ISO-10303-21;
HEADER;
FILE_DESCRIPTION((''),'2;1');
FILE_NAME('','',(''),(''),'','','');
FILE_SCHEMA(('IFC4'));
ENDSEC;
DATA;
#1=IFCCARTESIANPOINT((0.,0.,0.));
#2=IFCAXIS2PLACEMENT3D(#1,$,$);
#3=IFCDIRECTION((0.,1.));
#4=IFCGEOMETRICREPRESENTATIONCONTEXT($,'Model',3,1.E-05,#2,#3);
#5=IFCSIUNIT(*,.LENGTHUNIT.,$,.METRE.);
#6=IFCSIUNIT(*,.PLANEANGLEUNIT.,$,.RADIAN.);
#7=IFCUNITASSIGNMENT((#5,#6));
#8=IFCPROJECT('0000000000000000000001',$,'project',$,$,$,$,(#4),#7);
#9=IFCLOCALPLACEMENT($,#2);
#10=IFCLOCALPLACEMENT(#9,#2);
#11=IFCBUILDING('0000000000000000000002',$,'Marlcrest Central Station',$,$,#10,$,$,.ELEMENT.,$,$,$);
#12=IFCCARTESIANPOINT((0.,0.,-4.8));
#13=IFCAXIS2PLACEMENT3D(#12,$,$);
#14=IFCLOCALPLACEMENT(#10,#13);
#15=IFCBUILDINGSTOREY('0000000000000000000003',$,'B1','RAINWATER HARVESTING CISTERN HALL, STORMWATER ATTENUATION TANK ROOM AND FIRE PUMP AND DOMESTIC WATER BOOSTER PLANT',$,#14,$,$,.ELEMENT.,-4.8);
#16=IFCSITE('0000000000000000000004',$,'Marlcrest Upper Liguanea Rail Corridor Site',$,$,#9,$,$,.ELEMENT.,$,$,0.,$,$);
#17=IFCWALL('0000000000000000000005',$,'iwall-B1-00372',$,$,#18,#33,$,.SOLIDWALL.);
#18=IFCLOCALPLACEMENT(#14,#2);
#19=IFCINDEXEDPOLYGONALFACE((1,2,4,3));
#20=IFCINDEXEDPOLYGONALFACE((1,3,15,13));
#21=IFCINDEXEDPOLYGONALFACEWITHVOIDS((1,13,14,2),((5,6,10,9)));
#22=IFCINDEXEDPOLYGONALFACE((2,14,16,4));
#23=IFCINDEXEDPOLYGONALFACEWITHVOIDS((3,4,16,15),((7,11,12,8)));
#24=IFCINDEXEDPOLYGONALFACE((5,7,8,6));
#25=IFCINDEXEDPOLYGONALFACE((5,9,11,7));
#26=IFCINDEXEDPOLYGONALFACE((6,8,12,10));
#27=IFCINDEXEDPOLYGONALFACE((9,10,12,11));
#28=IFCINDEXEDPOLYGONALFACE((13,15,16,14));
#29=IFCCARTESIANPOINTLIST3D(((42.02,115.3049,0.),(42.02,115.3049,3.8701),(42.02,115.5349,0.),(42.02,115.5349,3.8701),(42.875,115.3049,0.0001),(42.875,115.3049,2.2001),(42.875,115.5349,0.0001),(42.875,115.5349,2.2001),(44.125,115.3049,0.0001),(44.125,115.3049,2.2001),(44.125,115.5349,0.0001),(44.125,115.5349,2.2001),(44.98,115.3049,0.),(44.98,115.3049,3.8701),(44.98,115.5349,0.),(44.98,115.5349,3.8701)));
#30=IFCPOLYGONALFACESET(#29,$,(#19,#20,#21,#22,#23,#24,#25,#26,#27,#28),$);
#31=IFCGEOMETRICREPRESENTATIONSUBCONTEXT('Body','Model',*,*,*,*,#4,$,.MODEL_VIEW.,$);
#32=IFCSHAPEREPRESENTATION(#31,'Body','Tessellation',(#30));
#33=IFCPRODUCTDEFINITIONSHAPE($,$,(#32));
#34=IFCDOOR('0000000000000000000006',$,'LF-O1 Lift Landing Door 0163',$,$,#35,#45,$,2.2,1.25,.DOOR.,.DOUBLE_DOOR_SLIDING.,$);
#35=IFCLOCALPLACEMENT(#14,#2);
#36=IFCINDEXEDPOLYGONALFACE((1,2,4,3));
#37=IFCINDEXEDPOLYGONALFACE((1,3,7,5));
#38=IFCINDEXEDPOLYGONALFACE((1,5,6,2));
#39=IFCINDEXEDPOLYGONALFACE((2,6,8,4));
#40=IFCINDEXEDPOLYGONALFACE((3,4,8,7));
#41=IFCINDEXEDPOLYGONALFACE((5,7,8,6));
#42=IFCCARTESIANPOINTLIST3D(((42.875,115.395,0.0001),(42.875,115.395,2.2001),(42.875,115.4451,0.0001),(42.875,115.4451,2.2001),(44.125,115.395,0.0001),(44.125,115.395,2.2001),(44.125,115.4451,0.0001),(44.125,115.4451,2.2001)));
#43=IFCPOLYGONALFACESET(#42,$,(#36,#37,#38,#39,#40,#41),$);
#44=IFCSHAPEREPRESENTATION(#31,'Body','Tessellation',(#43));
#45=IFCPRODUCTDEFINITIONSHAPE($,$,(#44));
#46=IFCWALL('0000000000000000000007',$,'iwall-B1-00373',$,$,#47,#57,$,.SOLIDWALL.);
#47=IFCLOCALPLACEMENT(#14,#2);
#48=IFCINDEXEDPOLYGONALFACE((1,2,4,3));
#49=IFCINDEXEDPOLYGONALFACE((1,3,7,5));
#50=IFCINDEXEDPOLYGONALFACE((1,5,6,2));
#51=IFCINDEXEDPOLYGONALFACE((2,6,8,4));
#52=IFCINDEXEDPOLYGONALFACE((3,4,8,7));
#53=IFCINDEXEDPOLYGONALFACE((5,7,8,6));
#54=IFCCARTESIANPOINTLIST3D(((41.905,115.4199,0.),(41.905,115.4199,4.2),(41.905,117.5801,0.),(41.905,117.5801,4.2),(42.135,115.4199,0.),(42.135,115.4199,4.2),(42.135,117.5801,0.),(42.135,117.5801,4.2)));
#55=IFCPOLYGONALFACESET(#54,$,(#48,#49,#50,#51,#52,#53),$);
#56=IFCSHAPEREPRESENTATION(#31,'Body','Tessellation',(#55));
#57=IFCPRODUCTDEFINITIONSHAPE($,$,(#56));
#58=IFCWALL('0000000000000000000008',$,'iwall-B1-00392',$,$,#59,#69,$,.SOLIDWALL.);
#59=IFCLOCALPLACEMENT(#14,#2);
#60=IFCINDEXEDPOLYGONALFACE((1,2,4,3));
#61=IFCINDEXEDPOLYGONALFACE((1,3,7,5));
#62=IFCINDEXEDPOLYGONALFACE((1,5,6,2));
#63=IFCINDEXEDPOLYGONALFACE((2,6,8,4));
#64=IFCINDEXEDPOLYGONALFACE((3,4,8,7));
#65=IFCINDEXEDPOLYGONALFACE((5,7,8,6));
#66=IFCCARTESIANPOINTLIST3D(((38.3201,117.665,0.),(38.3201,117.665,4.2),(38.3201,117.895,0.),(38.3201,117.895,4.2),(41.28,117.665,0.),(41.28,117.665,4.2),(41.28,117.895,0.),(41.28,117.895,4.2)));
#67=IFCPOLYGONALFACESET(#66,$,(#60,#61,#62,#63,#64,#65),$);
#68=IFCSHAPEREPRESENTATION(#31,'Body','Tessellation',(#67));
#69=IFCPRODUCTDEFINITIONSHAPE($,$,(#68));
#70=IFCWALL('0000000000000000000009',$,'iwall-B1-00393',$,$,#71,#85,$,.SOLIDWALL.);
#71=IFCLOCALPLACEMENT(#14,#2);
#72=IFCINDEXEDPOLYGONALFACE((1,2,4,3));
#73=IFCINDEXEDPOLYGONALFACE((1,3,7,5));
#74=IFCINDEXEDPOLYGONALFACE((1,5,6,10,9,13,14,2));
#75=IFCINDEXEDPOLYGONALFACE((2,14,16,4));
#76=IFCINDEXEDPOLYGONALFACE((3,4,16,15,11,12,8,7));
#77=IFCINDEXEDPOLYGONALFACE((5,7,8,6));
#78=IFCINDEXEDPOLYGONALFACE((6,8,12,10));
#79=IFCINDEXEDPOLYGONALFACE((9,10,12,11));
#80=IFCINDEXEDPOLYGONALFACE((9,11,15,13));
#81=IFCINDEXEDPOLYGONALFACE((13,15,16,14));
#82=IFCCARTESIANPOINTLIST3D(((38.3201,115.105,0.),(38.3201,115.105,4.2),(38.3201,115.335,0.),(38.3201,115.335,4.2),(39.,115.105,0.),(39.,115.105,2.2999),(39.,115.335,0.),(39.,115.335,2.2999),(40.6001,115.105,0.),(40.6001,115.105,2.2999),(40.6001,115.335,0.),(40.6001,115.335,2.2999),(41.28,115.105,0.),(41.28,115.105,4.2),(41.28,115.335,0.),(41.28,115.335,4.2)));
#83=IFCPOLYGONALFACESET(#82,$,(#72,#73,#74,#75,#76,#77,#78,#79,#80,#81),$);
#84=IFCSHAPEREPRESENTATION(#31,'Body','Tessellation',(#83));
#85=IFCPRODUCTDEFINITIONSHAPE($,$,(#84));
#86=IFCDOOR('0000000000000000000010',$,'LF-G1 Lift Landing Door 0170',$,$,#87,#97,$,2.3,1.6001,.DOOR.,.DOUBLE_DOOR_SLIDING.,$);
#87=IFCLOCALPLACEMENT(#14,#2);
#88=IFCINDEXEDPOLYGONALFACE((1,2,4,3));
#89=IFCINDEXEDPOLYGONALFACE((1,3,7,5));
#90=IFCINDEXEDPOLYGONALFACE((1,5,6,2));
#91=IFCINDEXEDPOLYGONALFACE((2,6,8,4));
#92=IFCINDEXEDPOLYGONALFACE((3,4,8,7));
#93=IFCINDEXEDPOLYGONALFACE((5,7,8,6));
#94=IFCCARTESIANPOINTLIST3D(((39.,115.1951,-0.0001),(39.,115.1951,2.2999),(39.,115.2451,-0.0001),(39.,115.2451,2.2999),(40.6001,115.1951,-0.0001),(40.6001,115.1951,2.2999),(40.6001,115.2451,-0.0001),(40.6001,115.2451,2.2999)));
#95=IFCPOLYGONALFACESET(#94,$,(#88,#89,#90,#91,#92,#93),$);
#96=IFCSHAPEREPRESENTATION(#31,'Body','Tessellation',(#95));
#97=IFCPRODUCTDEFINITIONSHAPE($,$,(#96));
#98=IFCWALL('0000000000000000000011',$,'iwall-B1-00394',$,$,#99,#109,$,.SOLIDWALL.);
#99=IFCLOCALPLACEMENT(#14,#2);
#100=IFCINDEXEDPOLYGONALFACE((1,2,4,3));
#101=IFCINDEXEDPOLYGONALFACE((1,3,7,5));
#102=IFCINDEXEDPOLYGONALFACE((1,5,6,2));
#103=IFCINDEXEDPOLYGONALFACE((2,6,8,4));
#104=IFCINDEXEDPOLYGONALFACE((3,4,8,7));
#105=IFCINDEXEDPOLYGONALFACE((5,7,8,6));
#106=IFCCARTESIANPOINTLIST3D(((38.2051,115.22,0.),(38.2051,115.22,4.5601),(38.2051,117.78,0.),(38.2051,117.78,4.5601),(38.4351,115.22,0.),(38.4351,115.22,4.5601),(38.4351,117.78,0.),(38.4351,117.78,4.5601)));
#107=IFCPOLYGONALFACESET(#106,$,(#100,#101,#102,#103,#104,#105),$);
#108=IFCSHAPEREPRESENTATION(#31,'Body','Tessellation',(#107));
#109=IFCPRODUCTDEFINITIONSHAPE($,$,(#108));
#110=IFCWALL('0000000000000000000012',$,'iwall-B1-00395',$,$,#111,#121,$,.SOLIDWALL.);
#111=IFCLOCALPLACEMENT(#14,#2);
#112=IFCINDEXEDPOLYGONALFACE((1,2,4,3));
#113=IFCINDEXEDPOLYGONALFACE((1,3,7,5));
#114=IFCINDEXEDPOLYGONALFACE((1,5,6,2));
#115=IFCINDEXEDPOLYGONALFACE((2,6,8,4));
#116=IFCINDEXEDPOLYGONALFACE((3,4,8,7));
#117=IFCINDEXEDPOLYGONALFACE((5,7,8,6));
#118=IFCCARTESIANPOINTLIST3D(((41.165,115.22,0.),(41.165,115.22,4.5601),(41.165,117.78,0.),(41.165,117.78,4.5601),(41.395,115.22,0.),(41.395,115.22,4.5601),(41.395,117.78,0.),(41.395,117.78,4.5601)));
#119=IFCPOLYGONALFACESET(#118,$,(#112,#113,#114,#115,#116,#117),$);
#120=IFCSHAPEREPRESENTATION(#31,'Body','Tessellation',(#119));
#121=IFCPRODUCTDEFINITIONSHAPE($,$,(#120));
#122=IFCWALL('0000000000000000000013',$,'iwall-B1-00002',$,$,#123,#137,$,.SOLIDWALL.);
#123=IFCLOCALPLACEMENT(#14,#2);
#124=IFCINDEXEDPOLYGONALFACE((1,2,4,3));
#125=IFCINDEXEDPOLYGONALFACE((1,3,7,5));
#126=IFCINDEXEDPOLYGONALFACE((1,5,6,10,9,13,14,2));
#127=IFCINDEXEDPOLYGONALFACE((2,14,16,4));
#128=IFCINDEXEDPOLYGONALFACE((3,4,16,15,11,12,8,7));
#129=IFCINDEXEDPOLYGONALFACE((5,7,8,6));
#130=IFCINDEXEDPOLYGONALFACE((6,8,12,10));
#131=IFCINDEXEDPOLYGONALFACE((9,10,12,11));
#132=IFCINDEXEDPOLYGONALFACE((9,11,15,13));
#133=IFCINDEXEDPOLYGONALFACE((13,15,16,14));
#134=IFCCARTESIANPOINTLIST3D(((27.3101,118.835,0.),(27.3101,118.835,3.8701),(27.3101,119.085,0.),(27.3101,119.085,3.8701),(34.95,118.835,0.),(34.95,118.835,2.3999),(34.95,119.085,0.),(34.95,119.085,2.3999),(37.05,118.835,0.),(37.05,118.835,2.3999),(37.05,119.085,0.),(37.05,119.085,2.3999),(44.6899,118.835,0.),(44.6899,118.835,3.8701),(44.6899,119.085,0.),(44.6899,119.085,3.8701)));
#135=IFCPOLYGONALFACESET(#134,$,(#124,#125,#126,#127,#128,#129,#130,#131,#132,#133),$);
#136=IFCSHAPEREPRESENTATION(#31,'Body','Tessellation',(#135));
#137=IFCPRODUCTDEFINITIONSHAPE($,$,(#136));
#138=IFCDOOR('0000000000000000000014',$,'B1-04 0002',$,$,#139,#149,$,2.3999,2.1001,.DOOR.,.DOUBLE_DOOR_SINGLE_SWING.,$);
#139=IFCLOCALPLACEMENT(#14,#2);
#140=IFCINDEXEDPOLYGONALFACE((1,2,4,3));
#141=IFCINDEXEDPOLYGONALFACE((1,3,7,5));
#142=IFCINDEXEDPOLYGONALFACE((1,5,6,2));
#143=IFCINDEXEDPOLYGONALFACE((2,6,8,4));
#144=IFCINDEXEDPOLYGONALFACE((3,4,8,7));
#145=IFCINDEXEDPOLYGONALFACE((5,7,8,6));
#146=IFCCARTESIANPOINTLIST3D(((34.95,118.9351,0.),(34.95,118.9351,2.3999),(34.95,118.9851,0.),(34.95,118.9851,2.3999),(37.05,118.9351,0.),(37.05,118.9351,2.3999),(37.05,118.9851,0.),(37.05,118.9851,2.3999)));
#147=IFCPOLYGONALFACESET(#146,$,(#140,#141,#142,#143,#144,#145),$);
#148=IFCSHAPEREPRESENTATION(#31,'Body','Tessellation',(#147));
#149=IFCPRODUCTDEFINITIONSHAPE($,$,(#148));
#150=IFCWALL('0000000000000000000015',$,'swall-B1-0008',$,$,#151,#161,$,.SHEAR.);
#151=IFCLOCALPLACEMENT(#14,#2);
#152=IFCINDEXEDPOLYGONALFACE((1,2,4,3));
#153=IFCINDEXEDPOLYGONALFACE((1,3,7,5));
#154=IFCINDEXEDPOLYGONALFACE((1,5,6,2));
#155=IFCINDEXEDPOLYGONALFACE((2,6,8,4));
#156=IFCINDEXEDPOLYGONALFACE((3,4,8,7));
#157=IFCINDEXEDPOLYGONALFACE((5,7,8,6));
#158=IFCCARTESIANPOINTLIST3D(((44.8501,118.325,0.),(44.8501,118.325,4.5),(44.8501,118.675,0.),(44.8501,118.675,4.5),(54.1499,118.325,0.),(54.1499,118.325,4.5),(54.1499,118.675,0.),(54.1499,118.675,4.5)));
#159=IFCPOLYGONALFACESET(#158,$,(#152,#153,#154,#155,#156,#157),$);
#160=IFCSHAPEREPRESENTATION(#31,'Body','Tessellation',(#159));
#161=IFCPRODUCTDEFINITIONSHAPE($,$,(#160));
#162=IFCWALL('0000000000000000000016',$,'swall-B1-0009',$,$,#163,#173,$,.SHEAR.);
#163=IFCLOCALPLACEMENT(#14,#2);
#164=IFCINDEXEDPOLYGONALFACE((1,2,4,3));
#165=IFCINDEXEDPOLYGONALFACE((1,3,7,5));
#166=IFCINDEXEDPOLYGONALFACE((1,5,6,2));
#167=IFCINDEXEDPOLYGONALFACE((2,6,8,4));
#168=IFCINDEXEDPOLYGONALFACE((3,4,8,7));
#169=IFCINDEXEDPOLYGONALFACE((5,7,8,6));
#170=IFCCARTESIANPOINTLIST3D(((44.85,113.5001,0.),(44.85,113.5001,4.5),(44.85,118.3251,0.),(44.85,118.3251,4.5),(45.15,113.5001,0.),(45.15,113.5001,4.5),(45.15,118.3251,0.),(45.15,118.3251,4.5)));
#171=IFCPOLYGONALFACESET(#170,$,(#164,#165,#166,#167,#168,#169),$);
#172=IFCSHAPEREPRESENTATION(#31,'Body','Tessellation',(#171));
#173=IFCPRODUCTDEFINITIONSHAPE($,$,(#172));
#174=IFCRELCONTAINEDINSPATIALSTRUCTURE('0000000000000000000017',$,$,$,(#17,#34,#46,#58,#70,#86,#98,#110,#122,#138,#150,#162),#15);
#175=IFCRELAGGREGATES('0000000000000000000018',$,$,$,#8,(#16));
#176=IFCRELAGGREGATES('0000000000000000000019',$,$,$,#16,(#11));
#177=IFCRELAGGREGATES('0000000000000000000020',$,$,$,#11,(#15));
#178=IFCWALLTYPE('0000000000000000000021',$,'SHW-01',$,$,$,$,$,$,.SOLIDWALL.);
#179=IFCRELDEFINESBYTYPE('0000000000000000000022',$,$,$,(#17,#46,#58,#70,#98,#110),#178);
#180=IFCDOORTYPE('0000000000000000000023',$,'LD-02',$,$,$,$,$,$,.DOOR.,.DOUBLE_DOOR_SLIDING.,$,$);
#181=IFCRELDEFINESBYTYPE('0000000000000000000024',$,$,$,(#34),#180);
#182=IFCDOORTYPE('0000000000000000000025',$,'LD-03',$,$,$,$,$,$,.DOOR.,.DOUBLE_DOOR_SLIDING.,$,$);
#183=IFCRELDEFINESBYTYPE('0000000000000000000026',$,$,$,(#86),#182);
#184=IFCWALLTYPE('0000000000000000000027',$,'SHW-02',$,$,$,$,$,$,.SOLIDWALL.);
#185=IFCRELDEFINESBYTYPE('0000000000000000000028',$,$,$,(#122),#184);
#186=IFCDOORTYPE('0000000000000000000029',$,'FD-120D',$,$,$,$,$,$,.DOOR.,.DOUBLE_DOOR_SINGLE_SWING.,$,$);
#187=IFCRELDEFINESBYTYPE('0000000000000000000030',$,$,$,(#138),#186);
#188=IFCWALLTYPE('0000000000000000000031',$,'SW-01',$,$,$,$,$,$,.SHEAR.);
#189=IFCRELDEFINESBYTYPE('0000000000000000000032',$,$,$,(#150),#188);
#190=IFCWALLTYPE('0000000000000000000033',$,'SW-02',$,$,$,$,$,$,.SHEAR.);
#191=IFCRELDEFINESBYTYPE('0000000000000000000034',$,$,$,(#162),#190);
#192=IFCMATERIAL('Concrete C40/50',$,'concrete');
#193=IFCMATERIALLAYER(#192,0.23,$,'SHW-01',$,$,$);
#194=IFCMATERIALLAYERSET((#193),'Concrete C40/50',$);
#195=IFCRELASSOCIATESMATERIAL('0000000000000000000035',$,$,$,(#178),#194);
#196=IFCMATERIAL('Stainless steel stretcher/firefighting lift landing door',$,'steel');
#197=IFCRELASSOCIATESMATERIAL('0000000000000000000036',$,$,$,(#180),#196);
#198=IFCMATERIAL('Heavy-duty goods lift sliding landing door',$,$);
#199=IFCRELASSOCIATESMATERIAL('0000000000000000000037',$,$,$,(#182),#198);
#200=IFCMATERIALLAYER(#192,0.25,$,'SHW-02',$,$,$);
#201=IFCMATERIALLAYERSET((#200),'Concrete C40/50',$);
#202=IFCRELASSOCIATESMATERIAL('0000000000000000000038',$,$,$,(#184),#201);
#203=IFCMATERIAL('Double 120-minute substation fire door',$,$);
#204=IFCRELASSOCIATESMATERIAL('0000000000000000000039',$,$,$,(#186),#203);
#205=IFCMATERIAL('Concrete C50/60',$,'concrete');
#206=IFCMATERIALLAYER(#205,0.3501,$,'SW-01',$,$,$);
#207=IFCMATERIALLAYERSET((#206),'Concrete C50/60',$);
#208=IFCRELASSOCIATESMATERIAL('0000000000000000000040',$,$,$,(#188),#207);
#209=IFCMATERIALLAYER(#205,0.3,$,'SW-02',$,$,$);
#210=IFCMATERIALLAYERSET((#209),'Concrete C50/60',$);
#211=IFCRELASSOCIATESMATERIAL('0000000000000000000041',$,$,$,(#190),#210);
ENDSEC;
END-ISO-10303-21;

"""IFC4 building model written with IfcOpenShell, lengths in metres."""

from ifc_helpers import new_model, si_unit, direction, frame, frame_2d, origin, place, context, subcontext, project, spatial, rectangle, extrude, material, layer, layer_set, type_object, element, fill, save


model = new_model("IFC4")

# Units and contexts
model_context = context("Model", 3, precision=1e-05, world=origin(), true_north=direction((0.0, 1.0)))
body_context = subcontext(model_context, "Body", "Model", "MODEL_VIEW")
ifc_project = project(units=[si_unit("LENGTHUNIT", "METRE"), si_unit("PLANEANGLEUNIT", "RADIAN")], contexts=[model_context])

# Site, building, storey
site_placement = place(None, origin())
site = spatial("IfcSite", under=ifc_project, at=site_placement, Name="Marlcrest Upper Liguanea Rail Corridor Site", CompositionType="ELEMENT", RefElevation=0.0)
building_placement = place(site_placement, origin())
building = spatial("IfcBuilding", under=site, at=building_placement, Name="Marlcrest Central Station", CompositionType="ELEMENT")
storey_placement = place(building_placement, frame((0.0, 0.0, -4.8)))
storey = spatial("IfcBuildingStorey", under=building, at=storey_placement, Name="B1", Description="RAINWATER HARVESTING CISTERN HALL, STORMWATER ATTENUATION TANK ROOM AND FIRE PUMP AND DOMESTIC WATER BOOSTER PLANT", CompositionType="ELEMENT", Elevation=-4.8)

# Shared definitions
ifc_material_1 = material(Name="Concrete C40/50", Category="concrete")

# Shared definitions
ifc_layer_1 = layer(ifc_material_1, 0.23, Name="SHW-01")
ifc_layer_set_1 = layer_set([ifc_layer_1], Name="Concrete C40/50")
wall_type_1 = type_object("IfcWallType", Name="SHW-01", PredefinedType="SOLIDWALL", material=ifc_layer_set_1)

# Wall, opening, door
wall_1_placement = place(storey_placement, frame((44.98, 115.4199, 0.0), z_axis=(0.0, 0.0, 1.0), x_axis=(-1.0, 0.0, 0.0)))
wall_1 = element("IfcWall", 1, at=wall_1_placement, inside=storey, type_object=wall_type_1, Name="iwall-B1-00372", PredefinedType="SOLIDWALL", context=body_context, shape_type="SweptSolid", body=[
    extrude(rectangle(XDim=2.96, YDim=0.23, at=frame_2d((1.48, 0.0))), origin(), (0.0, 0.0, 1.0), 3.8701),
])
opening_1_placement = place(wall_1_placement, frame((0.855, 0.0, 0.0)))
opening_1 = element("IfcOpeningElement", 2, at=opening_1_placement, cuts=wall_1, PredefinedType="OPENING", context=body_context, shape_type="SweptSolid", body=[
    extrude(rectangle(XDim=1.25, YDim=2.2, at=frame_2d((0.625, 1.1001))), frame((0.0, 0.125, 0.0), z_axis=(0.0, -1.0, 0.0), x_axis=(1.0, 0.0, 0.0)), (0.0, 0.0, 1.0), 0.25),
])
ifc_material_2 = material(Name="Stainless steel stretcher/firefighting lift landing door", Category="steel")
door_type_1 = type_object("IfcDoorType", Name="LD-02", OperationType="DOUBLE_DOOR_SLIDING", PredefinedType="DOOR", material=ifc_material_2)
door_1_placement = place(opening_1_placement, origin())
door_1 = element("IfcDoor", 3, at=door_1_placement, inside=storey, type_object=door_type_1, Name="LF-O1 Lift Landing Door 0163", OperationType="DOUBLE_DOOR_SLIDING", OverallHeight=2.2, OverallWidth=1.25, PredefinedType="DOOR", context=body_context, shape_type="SweptSolid", body=[
    extrude(rectangle(XDim=1.25, YDim=2.2, at=frame_2d((0.625, 1.1001))), frame((0.0, 0.0249, 0.0), z_axis=(0.0, -1.0, 0.0), x_axis=(1.0, 0.0, 0.0)), (0.0, 0.0, 1.0), 0.05),
])
fill(opening_1, door_1)

# Walls
wall_2_placement = place(storey_placement, frame((42.02, 115.4199, 0.0), z_axis=(0.0, 0.0, 1.0), x_axis=(0.0, 1.0, 0.0)))
element("IfcWall", 4, at=wall_2_placement, inside=storey, type_object=wall_type_1, Name="iwall-B1-00373", PredefinedType="SOLIDWALL", context=body_context, shape_type="SweptSolid", body=[
    extrude(rectangle(XDim=2.1602, YDim=0.23, at=frame_2d((1.0801, 0.0))), origin(), (0.0, 0.0, 1.0), 4.2),
])
wall_3_placement = place(storey_placement, frame((38.3201, 117.78, 0.0), z_axis=(0.0, 0.0, 1.0), x_axis=(1.0, 0.0, 0.0)))
element("IfcWall", 5, at=wall_3_placement, inside=storey, type_object=wall_type_1, Name="iwall-B1-00392", PredefinedType="SOLIDWALL", context=body_context, shape_type="SweptSolid", body=[
    extrude(rectangle(XDim=2.96, YDim=0.23, at=frame_2d((1.48, 0.0))), origin(), (0.0, 0.0, 1.0), 4.2),
])

# Wall, opening, door
wall_4_placement = place(storey_placement, frame((41.28, 115.22, 0.0), z_axis=(0.0, 0.0, 1.0), x_axis=(-1.0, 0.0, 0.0)))
wall_4 = element("IfcWall", 6, at=wall_4_placement, inside=storey, type_object=wall_type_1, Name="iwall-B1-00393", PredefinedType="SOLIDWALL", context=body_context, shape_type="SweptSolid", body=[
    extrude(rectangle(XDim=2.96, YDim=0.23, at=frame_2d((1.48, 0.0))), origin(), (0.0, 0.0, 1.0), 4.2),
])
opening_2_placement = place(wall_4_placement, frame((0.6799, 0.0, 0.0)))
opening_2 = element("IfcOpeningElement", 7, at=opening_2_placement, cuts=wall_4, PredefinedType="OPENING", context=body_context, shape_type="SweptSolid", body=[
    extrude(rectangle(XDim=1.6001, YDim=2.3, at=frame_2d((0.8, 1.1499))), frame((0.0, 0.125, 0.0), z_axis=(0.0, -1.0, 0.0), x_axis=(1.0, 0.0, 0.0)), (0.0, 0.0, 1.0), 0.25),
])
ifc_material_3 = material(Name="Heavy-duty goods lift sliding landing door")
door_type_2 = type_object("IfcDoorType", Name="LD-03", OperationType="DOUBLE_DOOR_SLIDING", PredefinedType="DOOR", material=ifc_material_3)
door_2_placement = place(opening_2_placement, origin())
door_2 = element("IfcDoor", 8, at=door_2_placement, inside=storey, type_object=door_type_2, Name="LF-G1 Lift Landing Door 0170", OperationType="DOUBLE_DOOR_SLIDING", OverallHeight=2.3, OverallWidth=1.6001, PredefinedType="DOOR", context=body_context, shape_type="SweptSolid", body=[
    extrude(rectangle(XDim=1.6001, YDim=2.3, at=frame_2d((0.8, 1.1499))), frame((0.0, 0.0249, 0.0), z_axis=(0.0, -1.0, 0.0), x_axis=(1.0, 0.0, 0.0)), (0.0, 0.0, 1.0), 0.05),
])
fill(opening_2, door_2)

# Walls
for number, where, z_axis, x_axis, name in (
    (9, (38.3201, 115.22, 0.0), (0.0, 0.0, 1.0), (0.0, 1.0, 0.0), "iwall-B1-00394"),
    (10, (41.28, 117.78, 0.0), (0.0, 0.0, 1.0), (0.0, -1.0, 0.0), "iwall-B1-00395"),
):
    element("IfcWall", number, at=place(storey_placement, frame(where, z_axis=z_axis, x_axis=x_axis)), inside=storey, type_object=wall_type_1, Name=name, PredefinedType="SOLIDWALL", context=body_context, shape_type="SweptSolid", body=[
        extrude(rectangle(XDim=2.5601, YDim=0.23, at=frame_2d((1.28, 0.0))), origin(), (0.0, 0.0, 1.0), 4.5601),
    ])

# Wall, opening, door
ifc_layer_2 = layer(ifc_material_1, 0.25, Name="SHW-02")
ifc_layer_set_2 = layer_set([ifc_layer_2], Name="Concrete C40/50")
wall_type_2 = type_object("IfcWallType", Name="SHW-02", PredefinedType="SOLIDWALL", material=ifc_layer_set_2)
wall_5_placement = place(storey_placement, frame((44.6899, 118.96, 0.0), z_axis=(0.0, 0.0, 1.0), x_axis=(-1.0, 0.0, 0.0)))
wall_5 = element("IfcWall", 11, at=wall_5_placement, inside=storey, type_object=wall_type_2, Name="iwall-B1-00002", PredefinedType="SOLIDWALL", context=body_context, shape_type="SweptSolid", body=[
    extrude(rectangle(XDim=17.3799, YDim=0.25, at=frame_2d((8.6899, 0.0))), origin(), (0.0, 0.0, 1.0), 3.8701),
])
opening_3_placement = place(wall_5_placement, frame((7.6399, 0.0, 0.0)))
opening_3 = element("IfcOpeningElement", 12, at=opening_3_placement, cuts=wall_5, PredefinedType="OPENING", context=body_context, shape_type="SweptSolid", body=[
    extrude(rectangle(XDim=2.1001, YDim=2.3999, at=frame_2d((1.05, 1.2))), frame((0.0, 0.135, 0.0), z_axis=(0.0, -1.0, 0.0), x_axis=(1.0, 0.0, 0.0)), (0.0, 0.0, 1.0), 0.27),
])
ifc_material_4 = material(Name="Double 120-minute substation fire door")
door_type_3 = type_object("IfcDoorType", Name="FD-120D", OperationType="DOUBLE_DOOR_SINGLE_SWING", PredefinedType="DOOR", material=ifc_material_4)
door_3_placement = place(opening_3_placement, origin())
door_3 = element("IfcDoor", 13, at=door_3_placement, inside=storey, type_object=door_type_3, Name="B1-04 0002", OperationType="DOUBLE_DOOR_SINGLE_SWING", OverallHeight=2.3999, OverallWidth=2.1001, PredefinedType="DOOR", context=body_context, shape_type="SweptSolid", body=[
    extrude(rectangle(XDim=2.1001, YDim=2.3999, at=frame_2d((1.05, 1.2))), frame((0.0, 0.0249, 0.0), z_axis=(0.0, -1.0, 0.0), x_axis=(1.0, 0.0, 0.0)), (0.0, 0.0, 1.0), 0.05),
])
fill(opening_3, door_3)

# Walls
ifc_material_5 = material(Name="Concrete C50/60", Category="concrete")
ifc_layer_3 = layer(ifc_material_5, 0.3501, Name="SW-01")
ifc_layer_set_3 = layer_set([ifc_layer_3], Name="Concrete C50/60")
wall_type_3 = type_object("IfcWallType", Name="SW-01", PredefinedType="SHEAR", material=ifc_layer_set_3)
wall_6_placement = place(storey_placement, frame((44.8501, 118.5, 0.0), z_axis=(0.0, 0.0, 1.0), x_axis=(1.0, 0.0, 0.0)))
element("IfcWall", 14, at=wall_6_placement, inside=storey, type_object=wall_type_3, Name="swall-B1-0008", PredefinedType="SHEAR", context=body_context, shape_type="SweptSolid", body=[
    extrude(rectangle(XDim=9.2998, YDim=0.3501, at=frame_2d((4.6499, 0.0))), origin(), (0.0, 0.0, 1.0), 4.5),
])
ifc_layer_4 = layer(ifc_material_5, 0.3, Name="SW-02")
ifc_layer_set_4 = layer_set([ifc_layer_4], Name="Concrete C50/60")
wall_type_4 = type_object("IfcWallType", Name="SW-02", PredefinedType="SHEAR", material=ifc_layer_set_4)
wall_7_placement = place(storey_placement, frame((45.0, 113.5, 0.0), z_axis=(0.0, 0.0, 1.0), x_axis=(0.0, 1.0, 0.0)))
element("IfcWall", 15, at=wall_7_placement, inside=storey, type_object=wall_type_4, Name="swall-B1-0009", PredefinedType="SHEAR", context=body_context, shape_type="SweptSolid", body=[
    extrude(rectangle(XDim=4.825, YDim=0.3, at=frame_2d((2.4126, 0.0))), origin(), (0.0, 0.0, 1.0), 4.5),
])

save(model, "model.ifc")
